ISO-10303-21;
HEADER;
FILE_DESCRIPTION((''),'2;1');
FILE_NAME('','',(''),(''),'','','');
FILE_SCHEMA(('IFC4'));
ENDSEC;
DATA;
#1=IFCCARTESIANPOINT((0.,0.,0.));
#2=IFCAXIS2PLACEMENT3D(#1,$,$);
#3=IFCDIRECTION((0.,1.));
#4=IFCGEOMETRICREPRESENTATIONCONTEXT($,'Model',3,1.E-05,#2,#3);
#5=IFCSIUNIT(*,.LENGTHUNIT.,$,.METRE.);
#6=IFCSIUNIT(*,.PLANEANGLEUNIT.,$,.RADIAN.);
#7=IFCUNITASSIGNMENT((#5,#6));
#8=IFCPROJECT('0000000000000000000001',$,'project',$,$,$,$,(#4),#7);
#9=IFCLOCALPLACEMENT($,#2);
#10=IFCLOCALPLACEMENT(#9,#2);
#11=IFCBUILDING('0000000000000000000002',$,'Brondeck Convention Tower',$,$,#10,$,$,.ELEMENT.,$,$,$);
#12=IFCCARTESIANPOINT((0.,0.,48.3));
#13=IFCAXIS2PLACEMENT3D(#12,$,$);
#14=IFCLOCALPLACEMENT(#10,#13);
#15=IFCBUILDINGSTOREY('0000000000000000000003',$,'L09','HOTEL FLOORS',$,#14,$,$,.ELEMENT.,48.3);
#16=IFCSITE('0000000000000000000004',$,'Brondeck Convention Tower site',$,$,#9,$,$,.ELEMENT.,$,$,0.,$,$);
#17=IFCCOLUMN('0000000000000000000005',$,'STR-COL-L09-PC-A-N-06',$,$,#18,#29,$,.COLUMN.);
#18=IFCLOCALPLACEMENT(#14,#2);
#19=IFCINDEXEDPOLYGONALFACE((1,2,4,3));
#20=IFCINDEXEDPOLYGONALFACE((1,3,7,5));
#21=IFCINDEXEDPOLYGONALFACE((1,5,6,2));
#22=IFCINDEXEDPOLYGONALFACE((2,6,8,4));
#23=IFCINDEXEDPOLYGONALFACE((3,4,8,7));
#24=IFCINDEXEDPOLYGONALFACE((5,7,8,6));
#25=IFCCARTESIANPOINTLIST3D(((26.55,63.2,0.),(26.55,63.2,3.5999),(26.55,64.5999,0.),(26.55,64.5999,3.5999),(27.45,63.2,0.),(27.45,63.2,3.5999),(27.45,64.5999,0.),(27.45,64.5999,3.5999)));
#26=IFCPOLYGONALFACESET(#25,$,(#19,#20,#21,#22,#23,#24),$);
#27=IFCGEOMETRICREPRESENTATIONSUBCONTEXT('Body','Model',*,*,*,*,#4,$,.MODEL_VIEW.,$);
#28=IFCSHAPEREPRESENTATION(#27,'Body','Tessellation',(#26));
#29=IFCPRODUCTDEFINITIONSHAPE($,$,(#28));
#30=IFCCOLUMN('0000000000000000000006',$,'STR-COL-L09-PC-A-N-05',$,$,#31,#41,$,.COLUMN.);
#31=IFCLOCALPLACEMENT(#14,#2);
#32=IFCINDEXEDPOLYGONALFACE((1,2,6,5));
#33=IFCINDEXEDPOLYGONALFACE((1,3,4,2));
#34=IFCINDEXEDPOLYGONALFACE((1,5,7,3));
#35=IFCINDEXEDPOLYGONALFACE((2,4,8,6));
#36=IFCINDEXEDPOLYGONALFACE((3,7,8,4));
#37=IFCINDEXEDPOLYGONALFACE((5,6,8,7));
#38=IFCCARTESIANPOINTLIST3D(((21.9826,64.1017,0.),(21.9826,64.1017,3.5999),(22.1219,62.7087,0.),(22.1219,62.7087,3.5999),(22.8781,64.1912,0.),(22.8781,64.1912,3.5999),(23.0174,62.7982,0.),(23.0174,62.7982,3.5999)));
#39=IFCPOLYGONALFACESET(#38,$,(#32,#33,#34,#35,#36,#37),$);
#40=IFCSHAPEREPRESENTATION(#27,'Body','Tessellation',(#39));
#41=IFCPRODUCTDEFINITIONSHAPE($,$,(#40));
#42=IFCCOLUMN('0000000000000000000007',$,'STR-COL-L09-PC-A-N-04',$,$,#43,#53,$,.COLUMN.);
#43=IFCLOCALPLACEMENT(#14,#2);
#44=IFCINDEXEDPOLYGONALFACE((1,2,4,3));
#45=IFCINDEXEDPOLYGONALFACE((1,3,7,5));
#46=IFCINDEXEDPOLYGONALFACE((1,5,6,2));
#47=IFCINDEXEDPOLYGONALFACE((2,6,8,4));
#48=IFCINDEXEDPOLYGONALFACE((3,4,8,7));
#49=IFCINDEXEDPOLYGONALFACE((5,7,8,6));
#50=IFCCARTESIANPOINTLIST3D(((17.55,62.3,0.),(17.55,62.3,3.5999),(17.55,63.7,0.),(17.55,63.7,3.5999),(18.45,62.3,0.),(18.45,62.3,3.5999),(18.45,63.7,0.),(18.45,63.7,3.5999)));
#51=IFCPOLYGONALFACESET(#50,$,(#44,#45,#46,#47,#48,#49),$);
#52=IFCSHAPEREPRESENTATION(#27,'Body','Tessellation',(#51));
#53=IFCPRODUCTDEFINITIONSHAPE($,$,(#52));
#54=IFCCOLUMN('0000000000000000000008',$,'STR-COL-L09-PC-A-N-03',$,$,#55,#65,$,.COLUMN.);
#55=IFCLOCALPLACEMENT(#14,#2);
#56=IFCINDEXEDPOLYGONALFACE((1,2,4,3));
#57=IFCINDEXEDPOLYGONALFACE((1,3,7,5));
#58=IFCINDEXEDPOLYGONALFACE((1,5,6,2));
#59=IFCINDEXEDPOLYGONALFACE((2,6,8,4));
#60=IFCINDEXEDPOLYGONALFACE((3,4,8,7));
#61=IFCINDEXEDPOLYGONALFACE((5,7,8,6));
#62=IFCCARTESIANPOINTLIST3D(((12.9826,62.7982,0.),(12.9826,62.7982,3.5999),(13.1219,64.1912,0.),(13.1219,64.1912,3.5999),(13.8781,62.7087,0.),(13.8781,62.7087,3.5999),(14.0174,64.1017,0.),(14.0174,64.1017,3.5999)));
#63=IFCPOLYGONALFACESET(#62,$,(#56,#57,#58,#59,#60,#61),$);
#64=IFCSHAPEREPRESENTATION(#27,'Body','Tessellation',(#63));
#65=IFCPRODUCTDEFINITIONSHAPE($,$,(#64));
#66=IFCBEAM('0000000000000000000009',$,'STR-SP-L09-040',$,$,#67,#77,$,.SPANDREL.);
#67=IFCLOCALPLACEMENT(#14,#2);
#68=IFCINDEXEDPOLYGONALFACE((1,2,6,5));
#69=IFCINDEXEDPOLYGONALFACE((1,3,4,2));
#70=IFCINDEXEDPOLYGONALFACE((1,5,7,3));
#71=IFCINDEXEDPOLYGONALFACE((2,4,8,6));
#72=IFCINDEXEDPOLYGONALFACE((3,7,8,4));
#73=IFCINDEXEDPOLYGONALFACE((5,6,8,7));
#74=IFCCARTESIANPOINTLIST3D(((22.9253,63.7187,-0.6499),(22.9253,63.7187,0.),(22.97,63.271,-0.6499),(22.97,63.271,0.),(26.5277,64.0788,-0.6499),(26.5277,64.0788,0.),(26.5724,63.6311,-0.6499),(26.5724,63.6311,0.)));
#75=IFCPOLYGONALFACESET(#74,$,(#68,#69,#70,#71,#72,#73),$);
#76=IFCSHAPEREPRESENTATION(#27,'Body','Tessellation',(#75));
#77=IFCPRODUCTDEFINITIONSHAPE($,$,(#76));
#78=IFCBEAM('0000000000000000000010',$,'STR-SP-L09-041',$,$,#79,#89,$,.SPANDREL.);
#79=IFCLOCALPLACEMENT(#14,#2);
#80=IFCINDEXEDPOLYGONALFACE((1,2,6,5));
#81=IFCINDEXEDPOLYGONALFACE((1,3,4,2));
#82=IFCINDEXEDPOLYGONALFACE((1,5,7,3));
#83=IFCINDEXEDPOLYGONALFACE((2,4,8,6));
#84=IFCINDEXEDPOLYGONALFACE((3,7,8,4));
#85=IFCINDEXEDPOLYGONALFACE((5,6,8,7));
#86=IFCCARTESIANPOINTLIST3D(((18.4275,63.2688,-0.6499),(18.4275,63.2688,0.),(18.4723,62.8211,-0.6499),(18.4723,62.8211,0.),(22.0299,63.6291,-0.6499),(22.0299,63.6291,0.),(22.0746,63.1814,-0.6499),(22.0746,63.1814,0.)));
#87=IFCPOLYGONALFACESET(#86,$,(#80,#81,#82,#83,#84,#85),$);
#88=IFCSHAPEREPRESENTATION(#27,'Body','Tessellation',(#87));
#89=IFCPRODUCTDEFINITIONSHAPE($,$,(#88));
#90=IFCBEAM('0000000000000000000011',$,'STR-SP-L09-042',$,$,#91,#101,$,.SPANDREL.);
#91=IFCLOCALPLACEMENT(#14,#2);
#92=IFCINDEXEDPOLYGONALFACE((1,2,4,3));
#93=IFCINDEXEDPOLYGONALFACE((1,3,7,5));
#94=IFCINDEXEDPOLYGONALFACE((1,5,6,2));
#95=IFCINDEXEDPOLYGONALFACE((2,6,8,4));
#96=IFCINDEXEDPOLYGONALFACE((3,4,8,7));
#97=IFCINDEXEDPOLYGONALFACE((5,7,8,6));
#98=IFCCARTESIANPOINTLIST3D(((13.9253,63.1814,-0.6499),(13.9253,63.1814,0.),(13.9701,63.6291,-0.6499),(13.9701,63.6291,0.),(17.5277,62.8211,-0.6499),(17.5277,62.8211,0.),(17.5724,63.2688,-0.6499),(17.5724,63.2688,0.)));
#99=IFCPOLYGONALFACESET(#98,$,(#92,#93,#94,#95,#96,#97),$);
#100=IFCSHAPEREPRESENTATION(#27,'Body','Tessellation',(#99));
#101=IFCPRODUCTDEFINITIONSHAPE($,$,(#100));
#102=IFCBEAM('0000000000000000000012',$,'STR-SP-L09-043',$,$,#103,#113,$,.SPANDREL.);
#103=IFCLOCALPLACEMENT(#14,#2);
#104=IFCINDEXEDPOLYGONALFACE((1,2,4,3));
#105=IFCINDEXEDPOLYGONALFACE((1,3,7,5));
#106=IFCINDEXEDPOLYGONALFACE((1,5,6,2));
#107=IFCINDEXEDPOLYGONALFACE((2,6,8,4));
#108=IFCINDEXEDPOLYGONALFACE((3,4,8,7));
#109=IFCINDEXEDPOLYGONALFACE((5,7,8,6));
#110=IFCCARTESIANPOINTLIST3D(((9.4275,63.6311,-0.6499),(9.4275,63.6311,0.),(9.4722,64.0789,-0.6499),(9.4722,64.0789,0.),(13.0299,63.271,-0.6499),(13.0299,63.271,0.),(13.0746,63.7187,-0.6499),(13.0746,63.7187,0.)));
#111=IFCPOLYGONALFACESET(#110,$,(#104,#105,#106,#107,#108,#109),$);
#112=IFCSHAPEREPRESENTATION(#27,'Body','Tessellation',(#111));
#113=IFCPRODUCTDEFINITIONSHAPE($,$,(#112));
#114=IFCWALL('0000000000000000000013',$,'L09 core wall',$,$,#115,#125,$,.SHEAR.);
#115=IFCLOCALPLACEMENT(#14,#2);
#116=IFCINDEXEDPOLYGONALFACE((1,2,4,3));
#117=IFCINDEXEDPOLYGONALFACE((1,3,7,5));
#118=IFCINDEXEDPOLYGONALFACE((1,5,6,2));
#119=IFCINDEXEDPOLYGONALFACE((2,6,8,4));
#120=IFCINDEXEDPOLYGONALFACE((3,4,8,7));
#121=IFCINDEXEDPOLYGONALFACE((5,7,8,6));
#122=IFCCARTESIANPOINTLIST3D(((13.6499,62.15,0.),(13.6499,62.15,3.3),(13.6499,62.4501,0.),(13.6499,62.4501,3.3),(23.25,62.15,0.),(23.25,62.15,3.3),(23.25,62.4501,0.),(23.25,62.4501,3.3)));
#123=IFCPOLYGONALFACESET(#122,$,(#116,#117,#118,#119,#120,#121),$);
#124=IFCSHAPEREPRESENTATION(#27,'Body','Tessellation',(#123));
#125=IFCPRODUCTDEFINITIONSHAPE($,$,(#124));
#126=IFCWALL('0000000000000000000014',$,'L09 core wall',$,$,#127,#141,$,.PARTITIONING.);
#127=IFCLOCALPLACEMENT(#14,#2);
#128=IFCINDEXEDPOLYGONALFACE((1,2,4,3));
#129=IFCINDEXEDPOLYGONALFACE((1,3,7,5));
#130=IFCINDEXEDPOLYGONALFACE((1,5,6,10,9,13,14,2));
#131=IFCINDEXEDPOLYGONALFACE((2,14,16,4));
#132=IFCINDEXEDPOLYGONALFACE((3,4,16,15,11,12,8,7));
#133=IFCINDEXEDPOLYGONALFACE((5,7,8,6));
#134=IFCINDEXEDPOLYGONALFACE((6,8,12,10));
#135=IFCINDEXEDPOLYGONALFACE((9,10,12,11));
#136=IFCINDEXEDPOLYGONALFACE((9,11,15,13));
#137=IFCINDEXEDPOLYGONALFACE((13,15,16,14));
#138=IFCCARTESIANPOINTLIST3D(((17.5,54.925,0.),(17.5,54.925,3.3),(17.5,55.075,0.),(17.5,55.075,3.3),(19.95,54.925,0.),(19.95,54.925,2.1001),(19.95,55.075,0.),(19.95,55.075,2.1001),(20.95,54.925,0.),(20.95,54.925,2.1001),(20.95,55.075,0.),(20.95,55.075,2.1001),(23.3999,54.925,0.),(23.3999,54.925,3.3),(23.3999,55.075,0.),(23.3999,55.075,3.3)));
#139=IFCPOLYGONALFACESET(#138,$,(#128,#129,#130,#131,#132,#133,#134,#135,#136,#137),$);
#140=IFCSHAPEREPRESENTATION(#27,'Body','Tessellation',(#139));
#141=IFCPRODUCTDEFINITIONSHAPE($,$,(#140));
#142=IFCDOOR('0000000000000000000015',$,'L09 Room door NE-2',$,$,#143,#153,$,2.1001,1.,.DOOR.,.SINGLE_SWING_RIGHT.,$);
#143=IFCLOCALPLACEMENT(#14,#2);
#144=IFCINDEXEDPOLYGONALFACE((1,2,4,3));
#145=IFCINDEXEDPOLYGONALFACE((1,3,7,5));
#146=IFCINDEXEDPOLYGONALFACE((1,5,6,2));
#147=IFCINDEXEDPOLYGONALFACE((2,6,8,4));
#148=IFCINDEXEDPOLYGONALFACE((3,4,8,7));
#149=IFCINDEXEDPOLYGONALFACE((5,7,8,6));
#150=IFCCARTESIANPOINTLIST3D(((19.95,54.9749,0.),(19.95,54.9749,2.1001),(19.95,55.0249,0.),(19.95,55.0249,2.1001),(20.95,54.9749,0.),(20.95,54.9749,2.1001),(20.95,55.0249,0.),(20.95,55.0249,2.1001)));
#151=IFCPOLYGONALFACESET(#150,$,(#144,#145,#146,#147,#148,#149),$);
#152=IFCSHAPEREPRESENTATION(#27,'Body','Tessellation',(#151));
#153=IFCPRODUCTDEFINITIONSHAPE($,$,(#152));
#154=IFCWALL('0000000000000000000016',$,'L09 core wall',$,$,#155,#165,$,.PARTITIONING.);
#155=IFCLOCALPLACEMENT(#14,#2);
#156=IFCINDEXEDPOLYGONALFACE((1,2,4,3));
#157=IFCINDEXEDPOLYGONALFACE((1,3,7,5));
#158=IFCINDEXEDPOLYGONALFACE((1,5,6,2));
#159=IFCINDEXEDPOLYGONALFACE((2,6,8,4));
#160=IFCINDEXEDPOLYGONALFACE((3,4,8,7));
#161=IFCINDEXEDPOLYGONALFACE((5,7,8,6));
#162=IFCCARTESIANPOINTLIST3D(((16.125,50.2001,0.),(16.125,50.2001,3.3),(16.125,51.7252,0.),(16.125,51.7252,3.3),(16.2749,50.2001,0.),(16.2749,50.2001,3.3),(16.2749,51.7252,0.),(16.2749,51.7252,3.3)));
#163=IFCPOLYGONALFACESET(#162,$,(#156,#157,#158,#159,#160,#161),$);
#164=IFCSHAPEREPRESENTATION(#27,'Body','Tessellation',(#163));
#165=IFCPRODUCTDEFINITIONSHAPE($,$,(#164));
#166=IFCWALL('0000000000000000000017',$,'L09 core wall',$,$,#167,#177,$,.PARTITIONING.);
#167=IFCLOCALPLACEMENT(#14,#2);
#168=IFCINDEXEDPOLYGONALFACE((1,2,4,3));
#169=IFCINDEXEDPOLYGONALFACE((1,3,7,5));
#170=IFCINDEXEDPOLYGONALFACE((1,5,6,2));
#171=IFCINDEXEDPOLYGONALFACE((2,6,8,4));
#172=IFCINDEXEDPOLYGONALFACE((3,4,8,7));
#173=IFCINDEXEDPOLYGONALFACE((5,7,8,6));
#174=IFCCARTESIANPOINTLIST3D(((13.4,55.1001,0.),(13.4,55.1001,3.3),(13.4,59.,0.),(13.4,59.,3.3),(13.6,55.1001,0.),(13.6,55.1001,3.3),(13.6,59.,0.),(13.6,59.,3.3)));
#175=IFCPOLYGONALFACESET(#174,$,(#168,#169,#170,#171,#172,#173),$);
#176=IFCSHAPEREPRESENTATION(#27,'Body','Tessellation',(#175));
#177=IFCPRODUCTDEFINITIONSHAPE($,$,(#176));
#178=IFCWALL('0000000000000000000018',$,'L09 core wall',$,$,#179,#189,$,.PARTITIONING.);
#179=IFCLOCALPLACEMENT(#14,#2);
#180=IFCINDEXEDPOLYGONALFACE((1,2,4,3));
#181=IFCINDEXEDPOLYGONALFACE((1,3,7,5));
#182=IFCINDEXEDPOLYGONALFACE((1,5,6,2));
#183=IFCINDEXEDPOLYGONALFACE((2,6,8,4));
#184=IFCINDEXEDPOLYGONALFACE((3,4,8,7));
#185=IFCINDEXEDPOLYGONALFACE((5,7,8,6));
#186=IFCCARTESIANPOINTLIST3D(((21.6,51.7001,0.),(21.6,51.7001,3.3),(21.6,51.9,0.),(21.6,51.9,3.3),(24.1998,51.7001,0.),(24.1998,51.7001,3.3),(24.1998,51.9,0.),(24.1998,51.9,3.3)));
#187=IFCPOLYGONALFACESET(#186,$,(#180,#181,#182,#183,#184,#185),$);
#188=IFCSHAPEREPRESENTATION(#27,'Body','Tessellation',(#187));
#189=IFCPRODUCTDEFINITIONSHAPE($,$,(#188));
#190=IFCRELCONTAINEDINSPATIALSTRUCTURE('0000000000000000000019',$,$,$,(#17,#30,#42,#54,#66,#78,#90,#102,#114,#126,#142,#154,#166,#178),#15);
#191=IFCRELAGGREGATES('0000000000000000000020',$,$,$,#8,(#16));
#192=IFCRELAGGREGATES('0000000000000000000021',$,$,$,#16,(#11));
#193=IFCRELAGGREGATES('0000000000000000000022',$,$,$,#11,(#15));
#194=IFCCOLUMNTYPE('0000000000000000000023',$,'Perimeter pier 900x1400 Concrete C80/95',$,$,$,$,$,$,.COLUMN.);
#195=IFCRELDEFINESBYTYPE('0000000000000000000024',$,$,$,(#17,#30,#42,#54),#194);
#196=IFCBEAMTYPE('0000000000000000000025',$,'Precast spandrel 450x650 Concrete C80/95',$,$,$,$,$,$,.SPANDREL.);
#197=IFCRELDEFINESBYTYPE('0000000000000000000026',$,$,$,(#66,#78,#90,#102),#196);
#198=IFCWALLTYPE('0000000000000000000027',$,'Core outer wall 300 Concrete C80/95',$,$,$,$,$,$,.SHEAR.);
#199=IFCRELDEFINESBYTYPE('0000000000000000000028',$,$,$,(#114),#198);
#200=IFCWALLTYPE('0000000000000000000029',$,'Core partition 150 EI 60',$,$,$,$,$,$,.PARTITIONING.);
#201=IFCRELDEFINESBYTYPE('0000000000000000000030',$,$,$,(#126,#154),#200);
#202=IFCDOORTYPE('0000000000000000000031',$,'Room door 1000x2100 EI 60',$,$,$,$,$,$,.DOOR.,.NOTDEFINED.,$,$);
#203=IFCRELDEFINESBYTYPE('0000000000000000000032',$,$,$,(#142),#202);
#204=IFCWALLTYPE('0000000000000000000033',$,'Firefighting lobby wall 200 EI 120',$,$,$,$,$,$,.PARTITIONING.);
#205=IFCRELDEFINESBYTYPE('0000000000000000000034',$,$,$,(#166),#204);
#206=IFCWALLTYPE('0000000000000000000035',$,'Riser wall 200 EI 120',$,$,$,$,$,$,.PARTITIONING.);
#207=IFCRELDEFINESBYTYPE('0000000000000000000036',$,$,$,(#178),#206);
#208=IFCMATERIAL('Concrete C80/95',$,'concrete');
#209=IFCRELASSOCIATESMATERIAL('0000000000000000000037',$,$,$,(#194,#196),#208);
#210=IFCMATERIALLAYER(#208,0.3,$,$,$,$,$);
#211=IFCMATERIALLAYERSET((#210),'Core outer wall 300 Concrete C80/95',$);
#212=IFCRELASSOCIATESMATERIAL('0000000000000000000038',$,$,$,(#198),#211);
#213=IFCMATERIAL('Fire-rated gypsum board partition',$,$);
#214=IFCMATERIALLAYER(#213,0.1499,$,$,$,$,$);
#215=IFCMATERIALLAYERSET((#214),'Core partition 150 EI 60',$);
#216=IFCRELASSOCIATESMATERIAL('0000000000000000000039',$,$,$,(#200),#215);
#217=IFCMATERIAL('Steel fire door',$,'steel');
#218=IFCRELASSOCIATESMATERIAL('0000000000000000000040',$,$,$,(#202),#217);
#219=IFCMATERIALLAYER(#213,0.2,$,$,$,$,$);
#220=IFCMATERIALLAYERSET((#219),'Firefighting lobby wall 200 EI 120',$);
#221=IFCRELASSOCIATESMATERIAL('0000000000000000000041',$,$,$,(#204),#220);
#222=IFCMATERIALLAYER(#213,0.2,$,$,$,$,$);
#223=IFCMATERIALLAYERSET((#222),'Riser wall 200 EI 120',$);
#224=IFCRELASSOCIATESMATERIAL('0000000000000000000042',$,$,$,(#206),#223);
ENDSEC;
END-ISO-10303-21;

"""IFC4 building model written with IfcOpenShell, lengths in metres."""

from ifc_helpers import new_model, si_unit, direction, frame, frame_2d, origin, origin_2d, place, context, subcontext, project, spatial, rectangle, extrude, material, layer, layer_set, material_profile, profile_set, type_object, element, fill, save


model = new_model("IFC4")

# Units and contexts
model_context = context("Model", 3, precision=1e-05, world=origin(), true_north=direction((0.0, 1.0)))
body_context = subcontext(model_context, "Body", "Model", "MODEL_VIEW")
ifc_project = project(units=[si_unit("LENGTHUNIT", "METRE"), si_unit("PLANEANGLEUNIT", "RADIAN")], contexts=[model_context])

# Site, building, storey
site_placement = place(None, origin())
site = spatial("IfcSite", under=ifc_project, at=site_placement, Name="Brondeck Convention Tower site", CompositionType="ELEMENT", RefElevation=0.0)
building_placement = place(site_placement, origin())
building = spatial("IfcBuilding", under=site, at=building_placement, Name="Brondeck Convention Tower", CompositionType="ELEMENT")
storey_placement = place(building_placement, frame((0.0, 0.0, 48.3)))
storey = spatial("IfcBuildingStorey", under=building, at=storey_placement, Name="L09", Description="HOTEL FLOORS", CompositionType="ELEMENT", Elevation=48.3)

# Columns
ifc_material_1 = material(Name="Concrete C80/95", Category="concrete")
ifc_material_profile_1 = material_profile(ifc_material_1, rectangle(XDim=0.8999, YDim=1.3999, at=origin_2d()), Name="Perimeter pier 900x1400 Concrete C80/95")
ifc_profile_set_1 = profile_set([ifc_material_profile_1], Name="Concrete C80/95")
column_type = type_object("IfcColumnType", Name="Perimeter pier 900x1400 Concrete C80/95", PredefinedType="COLUMN", material=ifc_profile_set_1)
for number, where, z_axis, x_axis, name in (
    (1, (27.0, 63.8999, 0.0), (0.0, 0.0, 1.0), (-1.0, 0.0, 0.0), "STR-COL-L09-PC-A-N-06"),
    (2, (22.5, 63.45, 0.0), (0.0, 0.0, 1.0), (-0.995037, -0.099504, 0.0), "STR-COL-L09-PC-A-N-05"),
    (3, (18.0, 63.0, 0.0), (0.0, 0.0, 1.0), (-1.0, 0.0, 0.0), "STR-COL-L09-PC-A-N-04"),
    (4, (13.5, 63.45, 0.0), (0.0, 0.0, 1.0), (-0.995037, 0.099504, 0.0), "STR-COL-L09-PC-A-N-03"),
):
    element("IfcColumn", number, at=place(storey_placement, frame(where, z_axis=z_axis, x_axis=x_axis)), inside=storey, type_object=column_type, Name=name, PredefinedType="COLUMN", context=body_context, shape_type="SweptSolid", body=[
        extrude(rectangle(XDim=0.8999, YDim=1.3999, at=origin_2d()), origin(), (0.0, 0.0, 1.0), 3.5999),
    ])

# Beams
ifc_material_profile_2 = material_profile(ifc_material_1, rectangle(XDim=0.45, YDim=0.6499, at=origin_2d()), Name="Precast spandrel 450x650 Concrete C80/95")
ifc_profile_set_2 = profile_set([ifc_material_profile_2], Name="Concrete C80/95")
beam_type = type_object("IfcBeamType", Name="Precast spandrel 450x650 Concrete C80/95", PredefinedType="SPANDREL", material=ifc_profile_set_2)
for number, where, z_axis, x_axis, name in (
    (5, (26.55, 63.855, -0.325), (-0.995041, -0.09947, 0.0), (0.09947, -0.995041, 0.0), "STR-SP-L09-040"),
    (6, (22.0522, 63.4053, -0.325), (-0.995034, -0.099537, 0.0), (0.099537, -0.995034, 0.0), "STR-SP-L09-041"),
    (7, (17.55, 63.0449, -0.325), (-0.995034, 0.099537, 0.0), (-0.099537, -0.995034, 0.0), "STR-SP-L09-042"),
    (8, (13.0522, 63.4949, -0.325), (-0.995041, 0.09947, 0.0), (-0.09947, -0.995041, 0.0), "STR-SP-L09-043"),
):
    element("IfcBeam", number, at=place(storey_placement, frame(where, z_axis=z_axis, x_axis=x_axis)), inside=storey, type_object=beam_type, Name=name, PredefinedType="SPANDREL", context=body_context, shape_type="SweptSolid", body=[
        extrude(rectangle(XDim=0.45, YDim=0.6499, at=origin_2d()), origin(), (0.0, 0.0, 1.0), 3.6204),
    ])

# Wall
ifc_layer_1 = layer(ifc_material_1, 0.3)
ifc_layer_set_1 = layer_set([ifc_layer_1], Name="Core outer wall 300 Concrete C80/95")
wall_type_1 = type_object("IfcWallType", Name="Core outer wall 300 Concrete C80/95", PredefinedType="SHEAR", material=ifc_layer_set_1)
wall_1_placement = place(storey_placement, frame((13.6499, 62.3, 0.0), z_axis=(0.0, 0.0, 1.0), x_axis=(1.0, 0.0, 0.0)))
element("IfcWall", 9, at=wall_1_placement, inside=storey, type_object=wall_type_1, Name="L09 core wall", PredefinedType="SHEAR", context=body_context, shape_type="SweptSolid", body=[
    extrude(rectangle(XDim=9.6001, YDim=0.3, at=frame_2d((4.8, 0.0))), origin(), (0.0, 0.0, 1.0), 3.3),
])

# Wall, opening, door
ifc_material_2 = material(Name="Fire-rated gypsum board partition")
ifc_layer_2 = layer(ifc_material_2, 0.1499)
ifc_layer_set_2 = layer_set([ifc_layer_2], Name="Core partition 150 EI 60")
wall_type_2 = type_object("IfcWallType", Name="Core partition 150 EI 60", PredefinedType="PARTITIONING", material=ifc_layer_set_2)
wall_2_placement = place(storey_placement, frame((17.5, 55.0, 0.0), z_axis=(0.0, 0.0, 1.0), x_axis=(1.0, 0.0, 0.0)))
wall_2 = element("IfcWall", 10, at=wall_2_placement, inside=storey, type_object=wall_type_2, Name="L09 core wall", PredefinedType="PARTITIONING", context=body_context, shape_type="SweptSolid", body=[
    extrude(rectangle(XDim=5.8999, YDim=0.1499, at=frame_2d((2.95, 0.0))), origin(), (0.0, 0.0, 1.0), 3.3),
])
opening_1_placement = place(wall_2_placement, frame((2.45, 0.0, 0.0)))
opening_1 = element("IfcOpeningElement", 11, at=opening_1_placement, cuts=wall_2, PredefinedType="OPENING", context=body_context, shape_type="SweptSolid", body=[
    extrude(rectangle(XDim=1.0, YDim=2.1001, at=frame_2d((0.5, 1.05))), frame((0.0, 0.085, 0.0), z_axis=(0.0, -1.0, 0.0), x_axis=(1.0, 0.0, 0.0)), (0.0, 0.0, 1.0), 0.1699),
])
ifc_material_3 = material(Name="Steel fire door", Category="steel")
door_type_1 = type_object("IfcDoorType", Name="Room door 1000x2100 EI 60", OperationType="NOTDEFINED", PredefinedType="DOOR", material=ifc_material_3)
door_1_placement = place(opening_1_placement, origin())
door_1 = element("IfcDoor", 12, at=door_1_placement, inside=storey, type_object=door_type_1, Name="L09 Room door NE-2", OperationType="SINGLE_SWING_RIGHT", OverallHeight=2.1001, OverallWidth=1.0, PredefinedType="DOOR", context=body_context, shape_type="SweptSolid", body=[
    extrude(rectangle(XDim=1.0, YDim=2.1001, at=frame_2d((0.5, 1.05))), frame((0.0, 0.0249, 0.0), z_axis=(0.0, -1.0, 0.0), x_axis=(1.0, 0.0, 0.0)), (0.0, 0.0, 1.0), 0.05),
])
fill(opening_1, door_1)

# Walls
wall_3_placement = place(storey_placement, frame((16.2, 50.2, 0.0), z_axis=(0.0, 0.0, 1.0), x_axis=(0.0, 1.0, 0.0)))
element("IfcWall", 13, at=wall_3_placement, inside=storey, type_object=wall_type_2, Name="L09 core wall", PredefinedType="PARTITIONING", context=body_context, shape_type="SweptSolid", body=[
    extrude(rectangle(XDim=1.5251, YDim=0.1499, at=frame_2d((0.7627, 0.0))), origin(), (0.0, 0.0, 1.0), 3.3),
])
ifc_layer_3 = layer(ifc_material_2, 0.2)
ifc_layer_set_3 = layer_set([ifc_layer_3], Name="Firefighting lobby wall 200 EI 120")
wall_type_3 = type_object("IfcWallType", Name="Firefighting lobby wall 200 EI 120", PredefinedType="PARTITIONING", material=ifc_layer_set_3)
wall_4_placement = place(storey_placement, frame((13.5, 55.1001, 0.0), z_axis=(0.0, 0.0, 1.0), x_axis=(0.0, 1.0, 0.0)))
element("IfcWall", 14, at=wall_4_placement, inside=storey, type_object=wall_type_3, Name="L09 core wall", PredefinedType="PARTITIONING", context=body_context, shape_type="SweptSolid", body=[
    extrude(rectangle(XDim=3.8999, YDim=0.2, at=frame_2d((1.95, 0.0))), origin(), (0.0, 0.0, 1.0), 3.3),
])
ifc_layer_4 = layer(ifc_material_2, 0.2)
ifc_layer_set_4 = layer_set([ifc_layer_4], Name="Riser wall 200 EI 120")
wall_type_4 = type_object("IfcWallType", Name="Riser wall 200 EI 120", PredefinedType="PARTITIONING", material=ifc_layer_set_4)
wall_5_placement = place(storey_placement, frame((21.6001, 51.8, 0.0), z_axis=(0.0, 0.0, 1.0), x_axis=(1.0, 0.0, 0.0)))
element("IfcWall", 15, at=wall_5_placement, inside=storey, type_object=wall_type_4, Name="L09 core wall", PredefinedType="PARTITIONING", context=body_context, shape_type="SweptSolid", body=[
    extrude(rectangle(XDim=2.5999, YDim=0.2, at=frame_2d((1.2998, 0.0))), origin(), (0.0, 0.0, 1.0), 3.3),
])

save(model, "model.ifc")
